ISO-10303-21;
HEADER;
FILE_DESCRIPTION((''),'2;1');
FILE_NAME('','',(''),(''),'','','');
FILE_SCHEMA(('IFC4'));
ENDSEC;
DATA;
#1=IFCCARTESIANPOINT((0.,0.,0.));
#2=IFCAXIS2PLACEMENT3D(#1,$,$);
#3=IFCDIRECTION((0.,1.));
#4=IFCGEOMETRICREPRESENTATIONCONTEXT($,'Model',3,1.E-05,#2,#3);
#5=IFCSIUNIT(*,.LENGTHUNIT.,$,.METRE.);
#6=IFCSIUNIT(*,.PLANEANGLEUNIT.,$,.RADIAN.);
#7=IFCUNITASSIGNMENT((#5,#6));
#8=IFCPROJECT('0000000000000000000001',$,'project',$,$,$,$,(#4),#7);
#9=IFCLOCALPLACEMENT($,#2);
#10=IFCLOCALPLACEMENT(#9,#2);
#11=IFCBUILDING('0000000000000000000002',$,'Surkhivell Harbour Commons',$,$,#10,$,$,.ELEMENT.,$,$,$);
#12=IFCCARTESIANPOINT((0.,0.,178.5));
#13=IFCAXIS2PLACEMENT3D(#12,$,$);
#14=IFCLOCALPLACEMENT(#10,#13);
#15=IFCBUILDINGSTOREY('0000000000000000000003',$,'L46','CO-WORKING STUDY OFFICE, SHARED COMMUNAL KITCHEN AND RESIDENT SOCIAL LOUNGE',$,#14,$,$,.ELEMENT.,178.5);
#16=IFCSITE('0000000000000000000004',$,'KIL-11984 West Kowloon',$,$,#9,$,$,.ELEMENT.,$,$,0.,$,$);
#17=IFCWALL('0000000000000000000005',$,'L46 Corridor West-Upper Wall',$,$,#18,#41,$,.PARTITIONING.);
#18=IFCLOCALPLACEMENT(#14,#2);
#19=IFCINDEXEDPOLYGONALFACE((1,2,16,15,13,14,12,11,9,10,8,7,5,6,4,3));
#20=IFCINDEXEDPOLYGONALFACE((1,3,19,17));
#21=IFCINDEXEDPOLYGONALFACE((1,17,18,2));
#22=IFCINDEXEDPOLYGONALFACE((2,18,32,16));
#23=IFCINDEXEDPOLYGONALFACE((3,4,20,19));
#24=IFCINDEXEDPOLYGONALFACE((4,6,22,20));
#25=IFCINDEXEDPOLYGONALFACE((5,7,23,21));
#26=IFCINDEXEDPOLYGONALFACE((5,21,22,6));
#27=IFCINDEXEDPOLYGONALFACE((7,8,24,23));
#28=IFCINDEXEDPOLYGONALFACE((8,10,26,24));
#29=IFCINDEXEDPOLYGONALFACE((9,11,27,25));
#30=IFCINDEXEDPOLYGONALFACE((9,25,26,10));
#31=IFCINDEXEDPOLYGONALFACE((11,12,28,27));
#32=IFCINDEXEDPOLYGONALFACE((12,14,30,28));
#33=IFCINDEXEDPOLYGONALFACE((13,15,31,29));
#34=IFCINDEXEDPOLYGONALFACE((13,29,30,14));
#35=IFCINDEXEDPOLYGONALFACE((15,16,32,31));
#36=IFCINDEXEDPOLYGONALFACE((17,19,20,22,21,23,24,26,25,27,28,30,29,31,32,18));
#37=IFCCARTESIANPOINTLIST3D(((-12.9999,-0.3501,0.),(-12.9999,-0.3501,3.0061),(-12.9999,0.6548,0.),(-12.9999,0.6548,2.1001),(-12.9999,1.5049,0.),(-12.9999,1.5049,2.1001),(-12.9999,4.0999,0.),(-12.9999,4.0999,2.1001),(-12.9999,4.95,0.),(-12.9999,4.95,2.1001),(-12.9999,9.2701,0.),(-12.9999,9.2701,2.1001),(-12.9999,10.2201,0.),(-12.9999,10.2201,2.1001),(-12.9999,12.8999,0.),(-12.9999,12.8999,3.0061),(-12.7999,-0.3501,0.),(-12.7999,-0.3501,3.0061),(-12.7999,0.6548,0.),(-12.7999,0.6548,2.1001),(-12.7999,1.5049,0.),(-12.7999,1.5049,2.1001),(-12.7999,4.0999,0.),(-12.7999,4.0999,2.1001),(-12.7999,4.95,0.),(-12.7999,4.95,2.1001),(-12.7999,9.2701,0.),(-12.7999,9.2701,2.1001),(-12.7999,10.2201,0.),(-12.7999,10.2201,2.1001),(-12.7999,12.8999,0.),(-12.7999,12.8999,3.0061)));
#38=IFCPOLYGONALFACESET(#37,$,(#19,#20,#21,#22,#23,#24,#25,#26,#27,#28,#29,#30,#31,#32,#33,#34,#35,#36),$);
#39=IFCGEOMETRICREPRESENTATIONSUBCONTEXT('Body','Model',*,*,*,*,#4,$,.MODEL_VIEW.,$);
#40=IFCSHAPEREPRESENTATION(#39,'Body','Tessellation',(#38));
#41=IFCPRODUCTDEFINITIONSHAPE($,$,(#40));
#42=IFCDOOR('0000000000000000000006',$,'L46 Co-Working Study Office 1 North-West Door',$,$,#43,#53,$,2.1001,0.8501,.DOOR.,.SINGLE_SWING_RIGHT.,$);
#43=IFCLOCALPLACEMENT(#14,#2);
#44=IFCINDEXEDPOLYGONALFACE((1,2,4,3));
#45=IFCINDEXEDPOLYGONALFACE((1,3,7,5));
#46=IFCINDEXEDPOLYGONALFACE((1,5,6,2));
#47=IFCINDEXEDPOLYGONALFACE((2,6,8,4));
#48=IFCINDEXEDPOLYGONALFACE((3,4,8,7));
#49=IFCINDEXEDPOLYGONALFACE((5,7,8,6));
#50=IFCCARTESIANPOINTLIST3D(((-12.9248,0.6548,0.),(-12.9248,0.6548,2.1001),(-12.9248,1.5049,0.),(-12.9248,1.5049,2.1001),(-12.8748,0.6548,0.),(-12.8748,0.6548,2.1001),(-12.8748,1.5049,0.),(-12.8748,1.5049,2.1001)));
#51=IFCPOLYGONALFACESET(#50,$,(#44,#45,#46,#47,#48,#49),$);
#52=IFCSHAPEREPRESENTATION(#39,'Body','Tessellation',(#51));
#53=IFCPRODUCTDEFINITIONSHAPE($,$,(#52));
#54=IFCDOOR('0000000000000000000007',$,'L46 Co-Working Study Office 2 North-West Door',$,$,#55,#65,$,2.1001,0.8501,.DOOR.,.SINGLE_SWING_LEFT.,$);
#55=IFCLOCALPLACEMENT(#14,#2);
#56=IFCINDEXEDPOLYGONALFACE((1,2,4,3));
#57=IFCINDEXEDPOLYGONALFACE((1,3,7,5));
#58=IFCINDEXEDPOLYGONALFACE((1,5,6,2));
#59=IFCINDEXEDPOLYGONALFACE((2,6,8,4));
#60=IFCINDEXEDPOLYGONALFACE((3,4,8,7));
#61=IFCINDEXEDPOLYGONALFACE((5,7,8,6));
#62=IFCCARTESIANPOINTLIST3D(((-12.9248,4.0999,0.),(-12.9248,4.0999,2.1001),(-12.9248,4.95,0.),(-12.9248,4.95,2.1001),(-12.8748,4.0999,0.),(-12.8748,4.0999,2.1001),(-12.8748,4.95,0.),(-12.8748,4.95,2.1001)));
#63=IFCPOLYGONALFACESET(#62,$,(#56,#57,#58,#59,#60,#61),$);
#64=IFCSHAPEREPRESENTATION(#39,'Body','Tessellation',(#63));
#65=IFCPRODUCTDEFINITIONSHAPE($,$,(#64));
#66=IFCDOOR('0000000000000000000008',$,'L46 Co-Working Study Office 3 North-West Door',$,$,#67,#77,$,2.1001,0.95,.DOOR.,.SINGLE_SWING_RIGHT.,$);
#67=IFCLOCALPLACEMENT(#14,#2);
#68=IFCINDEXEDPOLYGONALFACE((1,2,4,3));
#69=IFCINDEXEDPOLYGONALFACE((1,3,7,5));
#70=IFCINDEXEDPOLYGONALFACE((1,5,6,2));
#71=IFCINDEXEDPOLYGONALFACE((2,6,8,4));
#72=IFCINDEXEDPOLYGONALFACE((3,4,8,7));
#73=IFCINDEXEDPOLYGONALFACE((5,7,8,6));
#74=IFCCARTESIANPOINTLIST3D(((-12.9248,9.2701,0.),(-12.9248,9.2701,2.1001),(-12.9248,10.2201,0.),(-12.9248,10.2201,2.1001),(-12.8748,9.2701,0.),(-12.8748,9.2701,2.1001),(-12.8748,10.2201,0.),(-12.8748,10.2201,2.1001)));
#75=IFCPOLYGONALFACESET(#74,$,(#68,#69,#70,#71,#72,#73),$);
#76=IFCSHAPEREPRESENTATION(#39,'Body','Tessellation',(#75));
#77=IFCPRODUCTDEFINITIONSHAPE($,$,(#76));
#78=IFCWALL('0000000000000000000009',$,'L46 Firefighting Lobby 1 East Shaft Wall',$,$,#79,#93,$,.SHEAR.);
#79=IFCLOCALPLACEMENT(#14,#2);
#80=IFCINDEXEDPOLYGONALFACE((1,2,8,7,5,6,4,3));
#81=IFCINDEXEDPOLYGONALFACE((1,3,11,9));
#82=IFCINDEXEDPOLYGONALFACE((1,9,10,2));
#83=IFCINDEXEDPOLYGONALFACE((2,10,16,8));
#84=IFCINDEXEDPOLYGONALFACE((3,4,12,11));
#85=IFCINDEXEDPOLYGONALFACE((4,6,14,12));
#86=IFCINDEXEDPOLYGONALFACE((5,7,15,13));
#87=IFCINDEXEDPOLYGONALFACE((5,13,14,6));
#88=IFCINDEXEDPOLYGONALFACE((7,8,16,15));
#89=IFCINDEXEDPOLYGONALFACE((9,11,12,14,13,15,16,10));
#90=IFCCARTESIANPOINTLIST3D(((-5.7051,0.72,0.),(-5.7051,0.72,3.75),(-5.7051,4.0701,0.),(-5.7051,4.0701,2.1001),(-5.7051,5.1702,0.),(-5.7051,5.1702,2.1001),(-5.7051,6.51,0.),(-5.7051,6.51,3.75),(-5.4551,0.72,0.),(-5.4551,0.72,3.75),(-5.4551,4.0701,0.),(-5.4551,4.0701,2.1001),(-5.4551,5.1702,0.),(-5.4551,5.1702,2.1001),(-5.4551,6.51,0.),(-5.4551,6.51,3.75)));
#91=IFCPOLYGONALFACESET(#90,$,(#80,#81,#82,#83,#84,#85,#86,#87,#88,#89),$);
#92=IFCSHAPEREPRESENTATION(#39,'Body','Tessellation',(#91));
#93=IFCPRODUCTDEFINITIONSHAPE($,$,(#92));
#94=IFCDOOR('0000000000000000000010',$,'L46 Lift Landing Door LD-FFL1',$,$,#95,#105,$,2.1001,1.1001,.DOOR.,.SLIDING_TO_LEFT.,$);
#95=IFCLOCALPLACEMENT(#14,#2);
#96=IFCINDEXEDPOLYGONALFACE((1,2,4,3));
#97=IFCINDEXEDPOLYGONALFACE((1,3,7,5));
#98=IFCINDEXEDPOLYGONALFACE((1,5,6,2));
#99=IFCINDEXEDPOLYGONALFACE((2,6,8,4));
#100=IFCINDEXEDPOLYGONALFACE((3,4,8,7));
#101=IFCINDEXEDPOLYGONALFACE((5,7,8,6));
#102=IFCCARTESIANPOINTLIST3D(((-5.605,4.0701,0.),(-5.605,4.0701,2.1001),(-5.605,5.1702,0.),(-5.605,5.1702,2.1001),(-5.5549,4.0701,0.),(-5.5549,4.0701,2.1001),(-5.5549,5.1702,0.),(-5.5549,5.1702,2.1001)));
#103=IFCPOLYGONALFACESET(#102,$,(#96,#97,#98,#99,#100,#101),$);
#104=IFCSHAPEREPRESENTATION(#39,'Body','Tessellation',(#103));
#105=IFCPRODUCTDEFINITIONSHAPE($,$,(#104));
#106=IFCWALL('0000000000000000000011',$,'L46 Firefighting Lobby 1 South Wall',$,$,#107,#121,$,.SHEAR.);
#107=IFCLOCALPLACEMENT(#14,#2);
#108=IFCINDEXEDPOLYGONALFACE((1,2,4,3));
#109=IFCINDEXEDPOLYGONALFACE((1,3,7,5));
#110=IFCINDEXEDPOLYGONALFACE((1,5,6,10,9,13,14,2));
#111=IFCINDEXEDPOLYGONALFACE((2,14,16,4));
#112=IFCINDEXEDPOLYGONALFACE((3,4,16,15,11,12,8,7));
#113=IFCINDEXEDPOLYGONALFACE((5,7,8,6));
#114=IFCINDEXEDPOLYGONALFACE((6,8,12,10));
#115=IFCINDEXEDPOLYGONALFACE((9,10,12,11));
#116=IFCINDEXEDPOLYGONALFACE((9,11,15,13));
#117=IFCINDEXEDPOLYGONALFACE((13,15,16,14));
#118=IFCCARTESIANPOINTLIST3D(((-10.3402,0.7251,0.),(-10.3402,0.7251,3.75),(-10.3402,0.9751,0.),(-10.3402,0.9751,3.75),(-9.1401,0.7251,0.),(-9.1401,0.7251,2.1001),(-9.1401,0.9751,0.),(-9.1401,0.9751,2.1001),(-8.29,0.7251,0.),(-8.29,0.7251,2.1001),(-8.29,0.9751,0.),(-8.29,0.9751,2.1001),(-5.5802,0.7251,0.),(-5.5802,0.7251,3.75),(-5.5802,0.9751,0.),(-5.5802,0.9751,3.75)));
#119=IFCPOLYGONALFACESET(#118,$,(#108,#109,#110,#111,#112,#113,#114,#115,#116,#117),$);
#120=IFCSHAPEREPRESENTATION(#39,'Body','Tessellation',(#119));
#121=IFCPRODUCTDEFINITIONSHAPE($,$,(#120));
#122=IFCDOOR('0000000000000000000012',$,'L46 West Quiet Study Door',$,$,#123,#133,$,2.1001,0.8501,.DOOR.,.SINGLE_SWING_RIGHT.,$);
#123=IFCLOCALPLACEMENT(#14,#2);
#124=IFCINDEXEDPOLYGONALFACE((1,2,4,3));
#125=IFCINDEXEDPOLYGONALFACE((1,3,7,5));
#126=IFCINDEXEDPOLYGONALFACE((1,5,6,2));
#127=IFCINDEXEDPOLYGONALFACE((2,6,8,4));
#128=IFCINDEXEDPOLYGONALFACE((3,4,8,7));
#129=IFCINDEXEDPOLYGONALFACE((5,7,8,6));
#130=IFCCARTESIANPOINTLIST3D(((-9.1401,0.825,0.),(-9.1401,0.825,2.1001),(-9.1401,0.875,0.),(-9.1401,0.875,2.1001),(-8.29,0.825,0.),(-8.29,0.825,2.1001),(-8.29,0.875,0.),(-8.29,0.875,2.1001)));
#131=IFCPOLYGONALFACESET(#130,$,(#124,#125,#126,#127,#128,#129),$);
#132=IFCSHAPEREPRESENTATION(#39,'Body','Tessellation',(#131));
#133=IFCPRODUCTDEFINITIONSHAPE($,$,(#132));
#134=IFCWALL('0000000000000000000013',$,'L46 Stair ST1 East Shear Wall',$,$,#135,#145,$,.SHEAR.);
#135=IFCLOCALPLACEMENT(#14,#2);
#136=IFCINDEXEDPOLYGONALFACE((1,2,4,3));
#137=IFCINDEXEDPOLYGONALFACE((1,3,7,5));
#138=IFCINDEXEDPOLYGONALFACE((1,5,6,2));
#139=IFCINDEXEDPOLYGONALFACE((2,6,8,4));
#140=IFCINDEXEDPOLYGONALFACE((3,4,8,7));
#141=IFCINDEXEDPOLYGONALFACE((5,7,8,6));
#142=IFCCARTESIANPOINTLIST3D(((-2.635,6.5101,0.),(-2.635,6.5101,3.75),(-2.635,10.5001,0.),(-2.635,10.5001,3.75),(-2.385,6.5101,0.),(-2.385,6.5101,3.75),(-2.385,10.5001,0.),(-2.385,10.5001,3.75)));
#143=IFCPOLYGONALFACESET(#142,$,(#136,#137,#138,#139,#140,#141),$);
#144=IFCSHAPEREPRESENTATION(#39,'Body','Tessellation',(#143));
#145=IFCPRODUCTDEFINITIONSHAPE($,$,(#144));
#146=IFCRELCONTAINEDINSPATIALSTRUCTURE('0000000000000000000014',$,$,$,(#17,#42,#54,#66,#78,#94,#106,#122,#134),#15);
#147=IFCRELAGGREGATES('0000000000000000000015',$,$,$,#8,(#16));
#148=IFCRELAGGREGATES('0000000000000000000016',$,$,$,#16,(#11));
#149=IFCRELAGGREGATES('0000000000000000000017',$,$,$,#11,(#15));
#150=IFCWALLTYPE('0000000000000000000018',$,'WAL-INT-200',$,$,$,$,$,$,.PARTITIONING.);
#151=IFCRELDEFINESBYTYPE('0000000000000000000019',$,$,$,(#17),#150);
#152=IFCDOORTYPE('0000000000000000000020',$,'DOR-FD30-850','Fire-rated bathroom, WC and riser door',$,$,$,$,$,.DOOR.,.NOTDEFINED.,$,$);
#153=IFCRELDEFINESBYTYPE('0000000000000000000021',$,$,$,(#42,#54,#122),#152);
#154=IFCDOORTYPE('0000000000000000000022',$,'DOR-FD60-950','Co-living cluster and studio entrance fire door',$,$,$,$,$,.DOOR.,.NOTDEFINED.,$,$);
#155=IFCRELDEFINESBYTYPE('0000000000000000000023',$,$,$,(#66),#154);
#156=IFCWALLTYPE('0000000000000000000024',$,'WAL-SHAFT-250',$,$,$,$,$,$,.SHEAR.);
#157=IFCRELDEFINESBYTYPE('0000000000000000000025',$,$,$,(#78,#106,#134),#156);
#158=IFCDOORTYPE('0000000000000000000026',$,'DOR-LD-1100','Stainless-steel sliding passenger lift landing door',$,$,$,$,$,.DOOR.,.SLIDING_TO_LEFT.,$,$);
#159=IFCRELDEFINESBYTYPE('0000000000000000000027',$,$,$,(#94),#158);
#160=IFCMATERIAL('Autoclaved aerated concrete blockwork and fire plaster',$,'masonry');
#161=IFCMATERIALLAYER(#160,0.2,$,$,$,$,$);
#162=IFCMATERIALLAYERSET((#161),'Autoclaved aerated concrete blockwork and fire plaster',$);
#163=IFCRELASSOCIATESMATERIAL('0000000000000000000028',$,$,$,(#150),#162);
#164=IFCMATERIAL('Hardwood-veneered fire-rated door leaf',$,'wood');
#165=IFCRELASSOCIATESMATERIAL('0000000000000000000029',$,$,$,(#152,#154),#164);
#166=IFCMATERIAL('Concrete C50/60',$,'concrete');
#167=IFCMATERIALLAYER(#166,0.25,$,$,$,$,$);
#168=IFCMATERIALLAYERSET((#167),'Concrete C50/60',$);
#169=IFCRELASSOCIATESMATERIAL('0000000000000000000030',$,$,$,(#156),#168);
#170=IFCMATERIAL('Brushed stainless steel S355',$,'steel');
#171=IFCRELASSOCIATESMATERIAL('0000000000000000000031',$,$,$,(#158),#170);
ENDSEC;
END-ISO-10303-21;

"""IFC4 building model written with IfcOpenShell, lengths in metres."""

from ifc_helpers import new_model, si_unit, direction, frame, frame_2d, origin, place, context, subcontext, project, spatial, rectangle, extrude, material, layer, layer_set, type_object, element, fill, save


model = new_model("IFC4")

# Units and contexts
model_context = context("Model", 3, precision=1e-05, world=origin(), true_north=direction((0.0, 1.0)))
body_context = subcontext(model_context, "Body", "Model", "MODEL_VIEW")
ifc_project = project(units=[si_unit("LENGTHUNIT", "METRE"), si_unit("PLANEANGLEUNIT", "RADIAN")], contexts=[model_context])

# Site, building, storey
site_placement = place(None, origin())
site = spatial("IfcSite", under=ifc_project, at=site_placement, Name="KIL-11984 West Kowloon", CompositionType="ELEMENT", RefElevation=0.0)
building_placement = place(site_placement, origin())
building = spatial("IfcBuilding", under=site, at=building_placement, Name="Surkhivell Harbour Commons", CompositionType="ELEMENT")
storey_placement = place(building_placement, frame((0.0, 0.0, 178.5)))
storey = spatial("IfcBuildingStorey", under=building, at=storey_placement, Name="L46", Description="CO-WORKING STUDY OFFICE, SHARED COMMUNAL KITCHEN AND RESIDENT SOCIAL LOUNGE", CompositionType="ELEMENT", Elevation=178.5)

# Shared definitions
ifc_material_1 = material(Name="Hardwood-veneered fire-rated door leaf", Category="wood")

# Wall, openings, doors
ifc_material_2 = material(Name="Autoclaved aerated concrete blockwork and fire plaster", Category="masonry")
ifc_layer_1 = layer(ifc_material_2, 0.2)
ifc_layer_set_1 = layer_set([ifc_layer_1], Name="Autoclaved aerated concrete blockwork and fire plaster")
wall_type_1 = type_object("IfcWallType", Name="WAL-INT-200", PredefinedType="PARTITIONING", material=ifc_layer_set_1)
wall_1_placement = place(storey_placement, frame((-12.8999, -0.3501, 0.0), z_axis=(0.0, 0.0, 1.0), x_axis=(0.0, 1.0, 0.0)))
wall_1 = element("IfcWall", 1, at=wall_1_placement, inside=storey, type_object=wall_type_1, Name="L46 Corridor West-Upper Wall", PredefinedType="PARTITIONING", context=body_context, shape_type="SweptSolid", body=[
    extrude(rectangle(XDim=13.25, YDim=0.2, at=frame_2d((6.625, 0.0))), origin(), (0.0, 0.0, 1.0), 3.0061),
])
opening_1_placement = place(wall_1_placement, frame((1.0049, 0.0, 0.0)))
opening_1 = element("IfcOpeningElement", 2, at=opening_1_placement, cuts=wall_1, PredefinedType="OPENING", context=body_context, shape_type="SweptSolid", body=[
    extrude(rectangle(XDim=0.8501, YDim=2.1001, at=frame_2d((0.425, 1.05))), frame((0.0, 0.1099, 0.0), z_axis=(0.0, -1.0, 0.0), x_axis=(1.0, 0.0, 0.0)), (0.0, 0.0, 1.0), 0.22),
])
opening_2_placement = place(wall_1_placement, frame((4.45, 0.0, 0.0)))
opening_2 = element("IfcOpeningElement", 3, at=opening_2_placement, cuts=wall_1, PredefinedType="OPENING", context=body_context, shape_type="SweptSolid", body=[
    extrude(rectangle(XDim=0.8501, YDim=2.1001, at=frame_2d((0.425, 1.05))), frame((0.0, 0.1099, 0.0), z_axis=(0.0, -1.0, 0.0), x_axis=(1.0, 0.0, 0.0)), (0.0, 0.0, 1.0), 0.22),
])
opening_3_placement = place(wall_1_placement, frame((9.6201, 0.0, 0.0)))
opening_3 = element("IfcOpeningElement", 4, at=opening_3_placement, cuts=wall_1, PredefinedType="OPENING", context=body_context, shape_type="SweptSolid", body=[
    extrude(rectangle(XDim=0.95, YDim=2.1001, at=frame_2d((0.4751, 1.05))), frame((0.0, 0.1099, 0.0), z_axis=(0.0, -1.0, 0.0), x_axis=(1.0, 0.0, 0.0)), (0.0, 0.0, 1.0), 0.22),
])
door_type_1 = type_object("IfcDoorType", Name="DOR-FD30-850", Description="Fire-rated bathroom, WC and riser door", OperationType="NOTDEFINED", PredefinedType="DOOR", material=ifc_material_1)
door_1_placement = place(opening_1_placement, origin())
door_1 = element("IfcDoor", 5, at=door_1_placement, inside=storey, type_object=door_type_1, Name="L46 Co-Working Study Office 1 North-West Door", OperationType="SINGLE_SWING_RIGHT", OverallHeight=2.1001, OverallWidth=0.8501, PredefinedType="DOOR", context=body_context, shape_type="SweptSolid", body=[
    extrude(rectangle(XDim=0.8501, YDim=2.1001, at=frame_2d((0.425, 1.05))), frame((0.0, 0.0249, 0.0), z_axis=(0.0, -1.0, 0.0), x_axis=(1.0, 0.0, 0.0)), (0.0, 0.0, 1.0), 0.05),
])
fill(opening_1, door_1)
door_2_placement = place(opening_2_placement, origin())
door_2 = element("IfcDoor", 6, at=door_2_placement, inside=storey, type_object=door_type_1, Name="L46 Co-Working Study Office 2 North-West Door", OperationType="SINGLE_SWING_LEFT", OverallHeight=2.1001, OverallWidth=0.8501, PredefinedType="DOOR", context=body_context, shape_type="SweptSolid", body=[
    extrude(rectangle(XDim=0.8501, YDim=2.1001, at=frame_2d((0.425, 1.05))), frame((0.0, 0.0249, 0.0), z_axis=(0.0, -1.0, 0.0), x_axis=(1.0, 0.0, 0.0)), (0.0, 0.0, 1.0), 0.05),
])
fill(opening_2, door_2)
door_type_2 = type_object("IfcDoorType", Name="DOR-FD60-950", Description="Co-living cluster and studio entrance fire door", OperationType="NOTDEFINED", PredefinedType="DOOR", material=ifc_material_1)
door_3_placement = place(opening_3_placement, origin())
door_3 = element("IfcDoor", 7, at=door_3_placement, inside=storey, type_object=door_type_2, Name="L46 Co-Working Study Office 3 North-West Door", OperationType="SINGLE_SWING_RIGHT", OverallHeight=2.1001, OverallWidth=0.95, PredefinedType="DOOR", context=body_context, shape_type="SweptSolid", body=[
    extrude(rectangle(XDim=0.95, YDim=2.1001, at=frame_2d((0.4751, 1.05))), frame((0.0, 0.0249, 0.0), z_axis=(0.0, -1.0, 0.0), x_axis=(1.0, 0.0, 0.0)), (0.0, 0.0, 1.0), 0.05),
])
fill(opening_3, door_3)

# Walls, openings, doors
ifc_material_3 = material(Name="Concrete C50/60", Category="concrete")
ifc_layer_2 = layer(ifc_material_3, 0.25)
ifc_layer_set_2 = layer_set([ifc_layer_2], Name="Concrete C50/60")
wall_type_2 = type_object("IfcWallType", Name="WAL-SHAFT-250", PredefinedType="SHEAR", material=ifc_layer_set_2)
wall_2_placement = place(storey_placement, frame((-5.5801, 0.72, 0.0), z_axis=(0.0, 0.0, 1.0), x_axis=(0.0, 1.0, 0.0)))
wall_2 = element("IfcWall", 8, at=wall_2_placement, inside=storey, type_object=wall_type_2, Name="L46 Firefighting Lobby 1 East Shaft Wall", PredefinedType="SHEAR", context=body_context, shape_type="SweptSolid", body=[
    extrude(rectangle(XDim=5.79, YDim=0.25, at=frame_2d((2.895, 0.0))), origin(), (0.0, 0.0, 1.0), 3.75),
])
opening_4_placement = place(wall_2_placement, frame((3.3501, 0.0, 0.0)))
opening_4 = element("IfcOpeningElement", 9, at=opening_4_placement, cuts=wall_2, PredefinedType="OPENING", context=body_context, shape_type="SweptSolid", body=[
    extrude(rectangle(XDim=1.1001, YDim=2.1001, at=frame_2d((0.55, 1.05))), frame((0.0, 0.135, 0.0), z_axis=(0.0, -1.0, 0.0), x_axis=(1.0, 0.0, 0.0)), (0.0, 0.0, 1.0), 0.27),
])
ifc_material_4 = material(Name="Brushed stainless steel S355", Category="steel")
door_type_3 = type_object("IfcDoorType", Name="DOR-LD-1100", Description="Stainless-steel sliding passenger lift landing door", OperationType="SLIDING_TO_LEFT", PredefinedType="DOOR", material=ifc_material_4)
door_4_placement = place(opening_4_placement, origin())
door_4 = element("IfcDoor", 10, at=door_4_placement, inside=storey, type_object=door_type_3, Name="L46 Lift Landing Door LD-FFL1", OperationType="SLIDING_TO_LEFT", OverallHeight=2.1001, OverallWidth=1.1001, PredefinedType="DOOR", context=body_context, shape_type="SweptSolid", body=[
    extrude(rectangle(XDim=1.1001, YDim=2.1001, at=frame_2d((0.55, 1.05))), frame((0.0, 0.0249, 0.0), z_axis=(0.0, -1.0, 0.0), x_axis=(1.0, 0.0, 0.0)), (0.0, 0.0, 1.0), 0.05),
])
fill(opening_4, door_4)
wall_3_placement = place(storey_placement, frame((-10.3401, 0.8501, 0.0), z_axis=(0.0, 0.0, 1.0), x_axis=(1.0, 0.0, 0.0)))
wall_3 = element("IfcWall", 11, at=wall_3_placement, inside=storey, type_object=wall_type_2, Name="L46 Firefighting Lobby 1 South Wall", PredefinedType="SHEAR", context=body_context, shape_type="SweptSolid", body=[
    extrude(rectangle(XDim=4.76, YDim=0.25, at=frame_2d((2.3799, 0.0))), origin(), (0.0, 0.0, 1.0), 3.75),
])
opening_5_placement = place(wall_3_placement, frame((1.2, 0.0, 0.0)))
opening_5 = element("IfcOpeningElement", 12, at=opening_5_placement, cuts=wall_3, PredefinedType="OPENING", context=body_context, shape_type="SweptSolid", body=[
    extrude(rectangle(XDim=0.8501, YDim=2.1001, at=frame_2d((0.425, 1.05))), frame((0.0, 0.135, 0.0), z_axis=(0.0, -1.0, 0.0), x_axis=(1.0, 0.0, 0.0)), (0.0, 0.0, 1.0), 0.27),
])
door_5_placement = place(opening_5_placement, origin())
door_5 = element("IfcDoor", 13, at=door_5_placement, inside=storey, type_object=door_type_1, Name="L46 West Quiet Study Door", OperationType="SINGLE_SWING_RIGHT", OverallHeight=2.1001, OverallWidth=0.8501, PredefinedType="DOOR", context=body_context, shape_type="SweptSolid", body=[
    extrude(rectangle(XDim=0.8501, YDim=2.1001, at=frame_2d((0.425, 1.05))), frame((0.0, 0.0249, 0.0), z_axis=(0.0, -1.0, 0.0), x_axis=(1.0, 0.0, 0.0)), (0.0, 0.0, 1.0), 0.05),
])
fill(opening_5, door_5)

# Wall
wall_4_placement = place(storey_placement, frame((-2.51, 6.51, 0.0), z_axis=(0.0, 0.0, 1.0), x_axis=(0.0, 1.0, 0.0)))
element("IfcWall", 14, at=wall_4_placement, inside=storey, type_object=wall_type_2, Name="L46 Stair ST1 East Shear Wall", PredefinedType="SHEAR", context=body_context, shape_type="SweptSolid", body=[
    extrude(rectangle(XDim=3.99, YDim=0.25, at=frame_2d((1.9951, 0.0))), origin(), (0.0, 0.0, 1.0), 3.75),
])

save(model, "model.ifc")
